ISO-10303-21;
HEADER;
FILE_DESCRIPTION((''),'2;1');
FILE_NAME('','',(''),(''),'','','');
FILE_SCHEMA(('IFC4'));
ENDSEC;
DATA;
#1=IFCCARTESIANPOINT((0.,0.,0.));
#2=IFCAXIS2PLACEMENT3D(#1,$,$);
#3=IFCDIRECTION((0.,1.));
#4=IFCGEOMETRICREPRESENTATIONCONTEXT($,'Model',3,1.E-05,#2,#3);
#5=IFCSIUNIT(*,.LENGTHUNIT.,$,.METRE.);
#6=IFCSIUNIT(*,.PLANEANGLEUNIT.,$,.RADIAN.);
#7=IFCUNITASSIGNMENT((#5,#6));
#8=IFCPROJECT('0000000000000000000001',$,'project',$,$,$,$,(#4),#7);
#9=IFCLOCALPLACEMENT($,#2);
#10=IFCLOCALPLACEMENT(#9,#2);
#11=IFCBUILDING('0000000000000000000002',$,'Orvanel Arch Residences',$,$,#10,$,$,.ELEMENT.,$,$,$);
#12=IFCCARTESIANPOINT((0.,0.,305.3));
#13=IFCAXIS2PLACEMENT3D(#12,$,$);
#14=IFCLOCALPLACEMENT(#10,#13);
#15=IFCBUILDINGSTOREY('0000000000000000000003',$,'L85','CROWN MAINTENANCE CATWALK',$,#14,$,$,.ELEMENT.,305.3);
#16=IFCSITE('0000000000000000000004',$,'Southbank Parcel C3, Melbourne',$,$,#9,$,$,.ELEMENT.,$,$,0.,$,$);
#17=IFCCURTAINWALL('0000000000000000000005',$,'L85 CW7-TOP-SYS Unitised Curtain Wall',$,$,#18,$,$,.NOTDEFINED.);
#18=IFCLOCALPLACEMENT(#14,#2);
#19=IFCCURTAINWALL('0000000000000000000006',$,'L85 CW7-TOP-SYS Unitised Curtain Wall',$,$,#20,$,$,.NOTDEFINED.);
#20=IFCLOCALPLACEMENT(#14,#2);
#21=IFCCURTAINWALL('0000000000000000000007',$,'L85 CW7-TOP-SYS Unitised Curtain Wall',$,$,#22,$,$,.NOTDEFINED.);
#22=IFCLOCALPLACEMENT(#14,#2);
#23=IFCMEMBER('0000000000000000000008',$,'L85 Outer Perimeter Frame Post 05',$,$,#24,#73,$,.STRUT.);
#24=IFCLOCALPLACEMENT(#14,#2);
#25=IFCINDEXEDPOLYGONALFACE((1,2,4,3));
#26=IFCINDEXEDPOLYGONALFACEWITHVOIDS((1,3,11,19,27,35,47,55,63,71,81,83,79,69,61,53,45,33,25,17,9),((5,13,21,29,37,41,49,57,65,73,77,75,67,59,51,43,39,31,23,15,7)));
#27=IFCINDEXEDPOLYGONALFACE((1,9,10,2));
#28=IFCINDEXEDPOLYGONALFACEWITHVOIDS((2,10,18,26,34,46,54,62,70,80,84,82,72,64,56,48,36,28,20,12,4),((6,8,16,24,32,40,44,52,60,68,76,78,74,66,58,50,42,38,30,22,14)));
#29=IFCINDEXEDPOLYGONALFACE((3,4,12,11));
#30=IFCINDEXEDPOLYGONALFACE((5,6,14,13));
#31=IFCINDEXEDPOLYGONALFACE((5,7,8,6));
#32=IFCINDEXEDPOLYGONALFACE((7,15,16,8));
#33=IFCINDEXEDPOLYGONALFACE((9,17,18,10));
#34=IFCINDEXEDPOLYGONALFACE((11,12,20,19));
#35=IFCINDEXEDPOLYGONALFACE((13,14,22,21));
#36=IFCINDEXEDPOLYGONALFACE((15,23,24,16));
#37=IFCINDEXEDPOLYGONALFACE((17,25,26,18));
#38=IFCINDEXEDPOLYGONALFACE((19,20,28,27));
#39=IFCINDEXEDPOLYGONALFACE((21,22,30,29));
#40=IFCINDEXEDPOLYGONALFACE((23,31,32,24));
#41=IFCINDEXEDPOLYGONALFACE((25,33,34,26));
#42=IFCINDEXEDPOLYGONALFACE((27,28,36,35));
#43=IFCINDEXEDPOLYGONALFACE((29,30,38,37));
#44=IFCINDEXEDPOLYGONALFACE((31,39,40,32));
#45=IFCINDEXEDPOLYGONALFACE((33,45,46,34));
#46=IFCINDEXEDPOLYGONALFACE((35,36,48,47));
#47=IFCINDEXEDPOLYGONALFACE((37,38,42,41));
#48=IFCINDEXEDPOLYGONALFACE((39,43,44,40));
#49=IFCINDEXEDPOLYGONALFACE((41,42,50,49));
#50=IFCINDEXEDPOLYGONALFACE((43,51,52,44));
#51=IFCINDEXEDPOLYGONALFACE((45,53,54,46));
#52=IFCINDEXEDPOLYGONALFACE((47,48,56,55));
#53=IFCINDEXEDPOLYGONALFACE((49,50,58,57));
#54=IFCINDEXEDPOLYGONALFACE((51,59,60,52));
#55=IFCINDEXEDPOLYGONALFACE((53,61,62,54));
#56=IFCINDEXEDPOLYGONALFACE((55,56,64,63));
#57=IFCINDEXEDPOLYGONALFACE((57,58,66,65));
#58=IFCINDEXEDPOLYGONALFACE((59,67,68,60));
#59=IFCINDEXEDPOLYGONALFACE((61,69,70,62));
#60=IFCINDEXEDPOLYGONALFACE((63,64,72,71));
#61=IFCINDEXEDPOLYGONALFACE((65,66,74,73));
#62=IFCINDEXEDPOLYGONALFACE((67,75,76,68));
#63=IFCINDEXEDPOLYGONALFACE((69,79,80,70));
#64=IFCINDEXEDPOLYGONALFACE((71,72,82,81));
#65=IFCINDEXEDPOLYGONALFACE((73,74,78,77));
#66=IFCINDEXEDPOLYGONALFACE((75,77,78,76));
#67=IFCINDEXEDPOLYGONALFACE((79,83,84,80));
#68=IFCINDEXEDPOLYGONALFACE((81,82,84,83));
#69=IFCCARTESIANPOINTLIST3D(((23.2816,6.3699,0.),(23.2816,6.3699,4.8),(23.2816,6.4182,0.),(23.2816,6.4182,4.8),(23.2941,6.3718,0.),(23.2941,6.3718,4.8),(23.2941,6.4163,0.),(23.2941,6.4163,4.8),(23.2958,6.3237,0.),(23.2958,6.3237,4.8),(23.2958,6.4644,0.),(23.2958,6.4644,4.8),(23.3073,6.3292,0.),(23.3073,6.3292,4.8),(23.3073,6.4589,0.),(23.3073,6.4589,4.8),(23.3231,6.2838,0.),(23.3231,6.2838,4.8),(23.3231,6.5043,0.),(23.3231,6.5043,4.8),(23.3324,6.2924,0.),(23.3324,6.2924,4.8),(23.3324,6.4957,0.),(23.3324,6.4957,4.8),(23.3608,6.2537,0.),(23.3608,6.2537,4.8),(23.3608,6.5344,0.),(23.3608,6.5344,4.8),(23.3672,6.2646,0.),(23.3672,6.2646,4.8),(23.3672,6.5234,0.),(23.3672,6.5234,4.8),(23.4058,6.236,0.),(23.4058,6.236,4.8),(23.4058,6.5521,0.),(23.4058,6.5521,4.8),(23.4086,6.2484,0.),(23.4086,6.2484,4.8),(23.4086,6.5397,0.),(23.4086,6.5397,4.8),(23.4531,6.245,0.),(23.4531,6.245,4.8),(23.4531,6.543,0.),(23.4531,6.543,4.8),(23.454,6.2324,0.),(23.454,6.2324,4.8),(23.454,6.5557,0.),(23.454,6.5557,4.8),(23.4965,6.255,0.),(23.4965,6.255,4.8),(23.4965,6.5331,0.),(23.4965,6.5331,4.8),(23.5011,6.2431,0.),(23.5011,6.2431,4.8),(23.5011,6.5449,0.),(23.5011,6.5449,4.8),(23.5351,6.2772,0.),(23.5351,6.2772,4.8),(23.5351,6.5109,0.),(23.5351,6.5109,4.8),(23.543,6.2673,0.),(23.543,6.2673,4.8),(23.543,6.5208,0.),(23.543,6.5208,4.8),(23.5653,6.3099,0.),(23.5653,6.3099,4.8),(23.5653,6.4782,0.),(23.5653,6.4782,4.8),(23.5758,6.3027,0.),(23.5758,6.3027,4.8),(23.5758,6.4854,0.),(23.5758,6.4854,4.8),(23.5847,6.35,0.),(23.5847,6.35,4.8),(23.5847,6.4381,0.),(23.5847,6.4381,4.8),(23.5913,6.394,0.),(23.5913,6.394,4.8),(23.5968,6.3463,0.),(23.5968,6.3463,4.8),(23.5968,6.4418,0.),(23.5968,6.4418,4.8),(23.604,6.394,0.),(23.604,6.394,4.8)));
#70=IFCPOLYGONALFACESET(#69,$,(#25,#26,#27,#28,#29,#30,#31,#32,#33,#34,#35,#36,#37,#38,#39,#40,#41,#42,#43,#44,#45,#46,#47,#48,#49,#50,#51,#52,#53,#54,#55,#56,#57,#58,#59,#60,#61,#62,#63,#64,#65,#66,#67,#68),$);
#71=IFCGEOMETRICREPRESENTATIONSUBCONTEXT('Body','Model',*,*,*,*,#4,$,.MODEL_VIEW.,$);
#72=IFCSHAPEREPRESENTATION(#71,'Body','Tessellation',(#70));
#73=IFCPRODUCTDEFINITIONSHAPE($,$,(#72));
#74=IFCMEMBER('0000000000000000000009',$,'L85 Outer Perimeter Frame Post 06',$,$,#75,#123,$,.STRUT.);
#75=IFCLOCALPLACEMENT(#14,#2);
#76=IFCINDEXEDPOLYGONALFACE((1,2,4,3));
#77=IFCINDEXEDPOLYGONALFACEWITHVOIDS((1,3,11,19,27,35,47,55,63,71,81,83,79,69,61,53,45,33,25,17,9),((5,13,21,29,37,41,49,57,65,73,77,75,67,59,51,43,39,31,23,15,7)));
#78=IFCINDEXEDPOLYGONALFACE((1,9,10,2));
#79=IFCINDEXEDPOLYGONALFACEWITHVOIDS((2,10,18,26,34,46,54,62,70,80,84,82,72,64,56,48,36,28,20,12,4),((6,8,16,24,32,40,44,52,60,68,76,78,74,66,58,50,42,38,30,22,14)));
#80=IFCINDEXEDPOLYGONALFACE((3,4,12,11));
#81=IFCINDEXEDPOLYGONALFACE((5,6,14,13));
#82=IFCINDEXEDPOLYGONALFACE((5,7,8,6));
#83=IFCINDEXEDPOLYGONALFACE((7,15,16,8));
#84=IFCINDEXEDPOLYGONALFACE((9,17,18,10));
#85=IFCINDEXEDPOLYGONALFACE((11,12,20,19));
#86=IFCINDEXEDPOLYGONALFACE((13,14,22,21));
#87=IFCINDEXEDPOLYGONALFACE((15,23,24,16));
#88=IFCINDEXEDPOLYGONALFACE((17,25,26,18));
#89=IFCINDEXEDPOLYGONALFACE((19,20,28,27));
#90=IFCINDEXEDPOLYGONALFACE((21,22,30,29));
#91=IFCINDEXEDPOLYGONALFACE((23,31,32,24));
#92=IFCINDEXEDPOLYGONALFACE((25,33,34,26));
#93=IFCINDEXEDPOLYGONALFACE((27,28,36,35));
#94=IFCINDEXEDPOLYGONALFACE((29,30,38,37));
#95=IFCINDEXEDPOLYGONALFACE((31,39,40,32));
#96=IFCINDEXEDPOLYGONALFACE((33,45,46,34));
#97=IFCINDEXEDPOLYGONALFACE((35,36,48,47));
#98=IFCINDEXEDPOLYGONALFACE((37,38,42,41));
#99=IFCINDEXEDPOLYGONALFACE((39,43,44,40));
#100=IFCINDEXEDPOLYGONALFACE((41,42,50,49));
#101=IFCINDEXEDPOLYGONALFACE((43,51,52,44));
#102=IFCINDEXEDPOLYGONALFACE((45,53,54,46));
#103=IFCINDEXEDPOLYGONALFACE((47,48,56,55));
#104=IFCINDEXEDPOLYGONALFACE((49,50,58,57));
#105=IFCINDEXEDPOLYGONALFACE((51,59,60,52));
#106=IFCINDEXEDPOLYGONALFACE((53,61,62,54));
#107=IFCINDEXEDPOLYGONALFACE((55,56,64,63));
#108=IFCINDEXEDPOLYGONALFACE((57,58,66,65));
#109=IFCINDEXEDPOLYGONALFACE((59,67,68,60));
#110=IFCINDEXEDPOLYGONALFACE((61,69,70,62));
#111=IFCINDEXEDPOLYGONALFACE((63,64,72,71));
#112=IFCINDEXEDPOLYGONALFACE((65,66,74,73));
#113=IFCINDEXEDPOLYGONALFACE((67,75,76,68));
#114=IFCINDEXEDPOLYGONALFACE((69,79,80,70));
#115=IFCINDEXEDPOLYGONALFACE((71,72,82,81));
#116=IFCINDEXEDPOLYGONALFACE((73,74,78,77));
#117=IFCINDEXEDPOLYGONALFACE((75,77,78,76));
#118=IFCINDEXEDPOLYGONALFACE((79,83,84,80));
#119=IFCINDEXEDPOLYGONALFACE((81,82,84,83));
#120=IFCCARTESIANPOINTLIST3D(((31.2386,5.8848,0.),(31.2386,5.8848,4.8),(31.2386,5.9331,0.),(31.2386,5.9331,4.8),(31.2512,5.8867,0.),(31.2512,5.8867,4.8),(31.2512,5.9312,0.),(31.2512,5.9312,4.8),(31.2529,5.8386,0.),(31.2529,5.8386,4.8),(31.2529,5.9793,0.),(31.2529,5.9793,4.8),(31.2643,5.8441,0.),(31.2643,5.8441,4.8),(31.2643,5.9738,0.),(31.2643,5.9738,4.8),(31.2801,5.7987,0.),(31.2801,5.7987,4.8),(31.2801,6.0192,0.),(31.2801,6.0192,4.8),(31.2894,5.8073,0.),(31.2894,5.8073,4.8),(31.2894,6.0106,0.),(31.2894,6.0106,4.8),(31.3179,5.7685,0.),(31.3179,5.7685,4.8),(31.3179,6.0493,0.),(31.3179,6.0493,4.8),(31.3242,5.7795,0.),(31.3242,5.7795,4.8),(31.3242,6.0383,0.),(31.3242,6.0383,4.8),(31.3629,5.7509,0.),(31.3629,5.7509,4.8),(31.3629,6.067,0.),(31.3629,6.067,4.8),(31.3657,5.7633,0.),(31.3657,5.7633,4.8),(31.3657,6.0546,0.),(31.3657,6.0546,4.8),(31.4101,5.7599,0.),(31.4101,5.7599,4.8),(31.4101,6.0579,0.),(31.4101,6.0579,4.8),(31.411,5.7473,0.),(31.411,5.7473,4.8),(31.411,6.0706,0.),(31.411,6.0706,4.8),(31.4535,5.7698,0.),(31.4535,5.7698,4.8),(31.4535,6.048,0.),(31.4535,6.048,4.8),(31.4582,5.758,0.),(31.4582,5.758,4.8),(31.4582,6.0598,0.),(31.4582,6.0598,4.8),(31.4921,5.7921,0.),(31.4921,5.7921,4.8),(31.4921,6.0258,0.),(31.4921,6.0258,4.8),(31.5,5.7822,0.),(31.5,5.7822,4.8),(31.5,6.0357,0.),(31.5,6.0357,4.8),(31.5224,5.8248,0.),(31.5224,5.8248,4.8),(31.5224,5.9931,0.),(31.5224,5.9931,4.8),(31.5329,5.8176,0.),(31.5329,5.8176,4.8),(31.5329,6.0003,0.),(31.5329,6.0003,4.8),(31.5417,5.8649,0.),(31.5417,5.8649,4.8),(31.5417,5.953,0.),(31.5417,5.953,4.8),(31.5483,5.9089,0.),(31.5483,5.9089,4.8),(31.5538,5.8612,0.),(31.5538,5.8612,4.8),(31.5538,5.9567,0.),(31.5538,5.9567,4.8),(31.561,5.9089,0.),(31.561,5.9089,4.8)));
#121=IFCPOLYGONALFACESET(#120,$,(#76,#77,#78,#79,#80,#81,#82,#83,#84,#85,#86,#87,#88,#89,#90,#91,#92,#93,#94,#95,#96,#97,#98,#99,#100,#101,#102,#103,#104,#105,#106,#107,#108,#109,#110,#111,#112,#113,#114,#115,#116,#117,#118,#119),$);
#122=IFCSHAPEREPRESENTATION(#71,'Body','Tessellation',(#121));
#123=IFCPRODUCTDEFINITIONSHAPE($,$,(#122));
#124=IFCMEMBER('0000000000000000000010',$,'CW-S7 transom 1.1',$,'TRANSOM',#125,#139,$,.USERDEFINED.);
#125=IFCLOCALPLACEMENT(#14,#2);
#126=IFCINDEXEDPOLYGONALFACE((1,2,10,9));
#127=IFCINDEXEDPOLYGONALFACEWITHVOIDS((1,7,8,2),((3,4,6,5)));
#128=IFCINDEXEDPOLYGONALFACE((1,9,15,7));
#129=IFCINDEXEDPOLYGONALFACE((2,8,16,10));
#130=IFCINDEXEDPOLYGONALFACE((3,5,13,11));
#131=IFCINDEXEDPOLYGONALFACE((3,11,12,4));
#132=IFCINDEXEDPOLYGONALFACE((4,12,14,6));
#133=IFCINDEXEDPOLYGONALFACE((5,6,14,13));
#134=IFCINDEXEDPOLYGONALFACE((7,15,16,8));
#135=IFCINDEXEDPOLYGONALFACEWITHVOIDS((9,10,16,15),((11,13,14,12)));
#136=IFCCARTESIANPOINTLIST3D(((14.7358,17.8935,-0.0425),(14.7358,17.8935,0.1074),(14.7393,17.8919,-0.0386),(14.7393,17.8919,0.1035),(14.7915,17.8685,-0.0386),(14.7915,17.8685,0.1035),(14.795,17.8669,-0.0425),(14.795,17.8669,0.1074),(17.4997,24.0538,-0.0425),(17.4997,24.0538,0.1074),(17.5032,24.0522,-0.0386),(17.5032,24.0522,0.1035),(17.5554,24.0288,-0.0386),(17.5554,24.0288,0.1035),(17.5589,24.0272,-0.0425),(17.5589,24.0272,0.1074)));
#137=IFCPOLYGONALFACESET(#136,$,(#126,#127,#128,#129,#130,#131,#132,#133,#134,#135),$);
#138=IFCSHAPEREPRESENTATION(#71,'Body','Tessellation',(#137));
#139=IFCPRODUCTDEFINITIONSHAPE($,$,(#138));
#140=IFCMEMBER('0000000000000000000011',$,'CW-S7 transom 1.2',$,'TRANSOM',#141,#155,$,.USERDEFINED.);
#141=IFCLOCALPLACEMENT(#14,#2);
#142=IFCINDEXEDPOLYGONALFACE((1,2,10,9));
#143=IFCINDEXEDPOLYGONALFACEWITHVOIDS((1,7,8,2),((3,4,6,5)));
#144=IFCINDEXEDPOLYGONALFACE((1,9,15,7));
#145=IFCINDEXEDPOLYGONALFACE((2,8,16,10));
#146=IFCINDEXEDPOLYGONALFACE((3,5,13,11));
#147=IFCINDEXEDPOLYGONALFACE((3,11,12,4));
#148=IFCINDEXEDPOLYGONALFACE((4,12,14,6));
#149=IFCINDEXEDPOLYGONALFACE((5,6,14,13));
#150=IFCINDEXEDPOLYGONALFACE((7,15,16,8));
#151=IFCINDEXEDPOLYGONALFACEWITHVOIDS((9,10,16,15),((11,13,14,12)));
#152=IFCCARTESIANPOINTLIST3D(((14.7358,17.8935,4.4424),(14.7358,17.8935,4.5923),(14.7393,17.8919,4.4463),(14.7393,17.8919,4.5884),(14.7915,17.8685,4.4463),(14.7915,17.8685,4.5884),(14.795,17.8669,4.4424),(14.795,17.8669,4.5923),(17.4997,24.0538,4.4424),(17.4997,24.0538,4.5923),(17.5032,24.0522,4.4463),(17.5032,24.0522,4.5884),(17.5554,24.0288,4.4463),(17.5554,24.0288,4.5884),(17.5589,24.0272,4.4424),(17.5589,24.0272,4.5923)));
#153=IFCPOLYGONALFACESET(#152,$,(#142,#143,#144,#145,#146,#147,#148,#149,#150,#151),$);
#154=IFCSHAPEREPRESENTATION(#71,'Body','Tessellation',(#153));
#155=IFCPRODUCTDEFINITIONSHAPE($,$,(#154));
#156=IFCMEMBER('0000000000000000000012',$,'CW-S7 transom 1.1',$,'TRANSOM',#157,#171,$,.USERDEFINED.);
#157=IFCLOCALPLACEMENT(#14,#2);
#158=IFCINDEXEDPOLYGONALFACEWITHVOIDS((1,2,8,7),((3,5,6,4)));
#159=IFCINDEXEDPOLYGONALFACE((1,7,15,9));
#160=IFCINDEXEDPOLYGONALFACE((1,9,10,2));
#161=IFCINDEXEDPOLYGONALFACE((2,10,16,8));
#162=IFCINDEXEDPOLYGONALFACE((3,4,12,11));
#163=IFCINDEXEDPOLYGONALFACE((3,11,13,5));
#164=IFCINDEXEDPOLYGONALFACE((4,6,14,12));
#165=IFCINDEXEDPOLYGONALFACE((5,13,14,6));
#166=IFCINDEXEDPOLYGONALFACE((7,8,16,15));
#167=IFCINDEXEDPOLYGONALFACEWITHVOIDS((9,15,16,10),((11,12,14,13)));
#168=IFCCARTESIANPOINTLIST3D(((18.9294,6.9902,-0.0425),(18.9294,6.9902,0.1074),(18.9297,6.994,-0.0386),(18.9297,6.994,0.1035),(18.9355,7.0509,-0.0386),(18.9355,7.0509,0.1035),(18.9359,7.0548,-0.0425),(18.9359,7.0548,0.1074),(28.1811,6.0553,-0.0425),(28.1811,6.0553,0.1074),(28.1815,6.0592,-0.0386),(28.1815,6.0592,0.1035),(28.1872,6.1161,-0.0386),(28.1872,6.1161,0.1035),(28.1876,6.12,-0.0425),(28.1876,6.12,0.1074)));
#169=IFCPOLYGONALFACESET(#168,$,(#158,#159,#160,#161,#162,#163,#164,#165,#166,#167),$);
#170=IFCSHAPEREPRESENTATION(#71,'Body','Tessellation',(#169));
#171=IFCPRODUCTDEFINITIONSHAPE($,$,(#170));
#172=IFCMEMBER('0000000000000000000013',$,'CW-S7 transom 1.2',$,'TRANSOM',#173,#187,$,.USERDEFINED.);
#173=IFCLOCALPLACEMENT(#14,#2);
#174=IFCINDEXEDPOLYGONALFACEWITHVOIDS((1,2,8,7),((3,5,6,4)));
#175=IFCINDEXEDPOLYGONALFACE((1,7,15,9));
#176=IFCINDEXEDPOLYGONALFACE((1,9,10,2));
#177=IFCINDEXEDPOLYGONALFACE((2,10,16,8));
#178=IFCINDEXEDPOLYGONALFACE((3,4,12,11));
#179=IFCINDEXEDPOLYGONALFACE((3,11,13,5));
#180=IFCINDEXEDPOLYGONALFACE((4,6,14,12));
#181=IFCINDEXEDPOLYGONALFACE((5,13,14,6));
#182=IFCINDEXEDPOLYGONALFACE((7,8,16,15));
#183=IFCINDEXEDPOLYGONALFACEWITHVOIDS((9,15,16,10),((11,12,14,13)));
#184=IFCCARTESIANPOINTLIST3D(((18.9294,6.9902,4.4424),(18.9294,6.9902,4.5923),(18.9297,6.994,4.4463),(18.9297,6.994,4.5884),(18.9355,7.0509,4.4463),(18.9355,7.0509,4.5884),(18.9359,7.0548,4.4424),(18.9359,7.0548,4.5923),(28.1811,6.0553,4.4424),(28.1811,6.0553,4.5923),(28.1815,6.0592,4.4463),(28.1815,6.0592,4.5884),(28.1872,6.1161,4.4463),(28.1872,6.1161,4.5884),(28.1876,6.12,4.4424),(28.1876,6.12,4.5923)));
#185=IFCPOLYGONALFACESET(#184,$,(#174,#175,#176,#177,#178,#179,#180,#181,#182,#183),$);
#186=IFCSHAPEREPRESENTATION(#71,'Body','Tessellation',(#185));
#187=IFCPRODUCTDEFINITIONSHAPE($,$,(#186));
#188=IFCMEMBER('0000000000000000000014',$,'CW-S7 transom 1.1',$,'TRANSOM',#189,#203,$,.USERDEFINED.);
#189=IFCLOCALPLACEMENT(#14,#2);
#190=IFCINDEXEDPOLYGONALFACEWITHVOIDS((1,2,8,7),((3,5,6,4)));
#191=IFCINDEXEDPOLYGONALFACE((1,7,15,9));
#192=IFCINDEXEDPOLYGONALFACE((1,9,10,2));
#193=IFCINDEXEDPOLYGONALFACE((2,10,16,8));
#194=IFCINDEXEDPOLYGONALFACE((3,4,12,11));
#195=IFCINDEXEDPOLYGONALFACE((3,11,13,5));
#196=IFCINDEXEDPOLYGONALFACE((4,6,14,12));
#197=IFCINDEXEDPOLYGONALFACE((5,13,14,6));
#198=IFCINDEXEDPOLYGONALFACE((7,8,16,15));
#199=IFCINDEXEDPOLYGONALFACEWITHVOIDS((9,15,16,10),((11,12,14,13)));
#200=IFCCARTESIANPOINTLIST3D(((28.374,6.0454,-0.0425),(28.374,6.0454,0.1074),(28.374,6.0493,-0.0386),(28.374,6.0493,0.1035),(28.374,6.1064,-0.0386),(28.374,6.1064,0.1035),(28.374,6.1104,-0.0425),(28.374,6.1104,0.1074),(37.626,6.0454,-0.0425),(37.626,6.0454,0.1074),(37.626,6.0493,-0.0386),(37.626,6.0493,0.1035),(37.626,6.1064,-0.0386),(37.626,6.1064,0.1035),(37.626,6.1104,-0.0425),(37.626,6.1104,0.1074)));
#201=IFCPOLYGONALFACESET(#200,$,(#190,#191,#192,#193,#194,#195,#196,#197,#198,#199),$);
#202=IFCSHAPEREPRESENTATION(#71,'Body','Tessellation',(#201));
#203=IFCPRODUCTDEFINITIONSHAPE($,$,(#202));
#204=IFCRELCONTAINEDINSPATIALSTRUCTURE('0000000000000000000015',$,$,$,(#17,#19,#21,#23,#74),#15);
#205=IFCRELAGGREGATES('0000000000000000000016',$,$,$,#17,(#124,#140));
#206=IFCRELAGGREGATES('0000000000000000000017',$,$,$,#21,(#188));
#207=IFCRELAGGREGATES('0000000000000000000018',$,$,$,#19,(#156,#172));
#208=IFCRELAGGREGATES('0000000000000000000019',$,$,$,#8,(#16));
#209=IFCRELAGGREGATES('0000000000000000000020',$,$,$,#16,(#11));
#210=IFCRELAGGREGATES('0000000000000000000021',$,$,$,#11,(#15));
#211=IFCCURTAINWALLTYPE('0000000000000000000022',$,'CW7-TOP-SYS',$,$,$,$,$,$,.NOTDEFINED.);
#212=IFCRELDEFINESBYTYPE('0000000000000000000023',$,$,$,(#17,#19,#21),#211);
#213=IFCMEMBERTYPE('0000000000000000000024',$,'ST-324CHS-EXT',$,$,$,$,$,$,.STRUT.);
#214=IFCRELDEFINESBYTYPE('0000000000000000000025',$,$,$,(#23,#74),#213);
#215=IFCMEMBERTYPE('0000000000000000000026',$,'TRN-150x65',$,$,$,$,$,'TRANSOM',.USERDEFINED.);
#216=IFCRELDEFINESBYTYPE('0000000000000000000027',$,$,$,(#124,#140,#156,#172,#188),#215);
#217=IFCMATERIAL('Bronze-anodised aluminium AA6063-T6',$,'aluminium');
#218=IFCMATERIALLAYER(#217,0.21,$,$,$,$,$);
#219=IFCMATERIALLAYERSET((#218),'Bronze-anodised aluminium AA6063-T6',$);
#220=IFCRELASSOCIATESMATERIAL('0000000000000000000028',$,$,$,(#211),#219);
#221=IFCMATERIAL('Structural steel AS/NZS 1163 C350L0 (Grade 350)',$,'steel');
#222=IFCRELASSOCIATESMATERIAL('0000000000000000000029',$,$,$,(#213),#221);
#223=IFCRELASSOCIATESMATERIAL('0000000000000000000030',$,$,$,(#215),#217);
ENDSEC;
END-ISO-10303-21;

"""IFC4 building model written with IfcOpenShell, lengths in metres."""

from ifc_helpers import new_model, si_unit, direction, frame, origin, origin_2d, place, context, subcontext, project, spatial, hollow_rectangle, hollow_circle, extrude, material, layer, layer_set, material_profile, profile_set, type_object, element, aggregate, save


model = new_model("IFC4")

# Units and contexts
model_context = context("Model", 3, precision=1e-05, world=origin(), true_north=direction((0.0, 1.0)))
body_context = subcontext(model_context, "Body", "Model", "MODEL_VIEW")
ifc_project = project(units=[si_unit("LENGTHUNIT", "METRE"), si_unit("PLANEANGLEUNIT", "RADIAN")], contexts=[model_context])

# Site, building, storey
site_placement = place(None, origin())
site = spatial("IfcSite", under=ifc_project, at=site_placement, Name="Southbank Parcel C3, Melbourne", CompositionType="ELEMENT", RefElevation=0.0)
building_placement = place(site_placement, origin())
building = spatial("IfcBuilding", under=site, at=building_placement, Name="Orvanel Arch Residences", CompositionType="ELEMENT")
storey_placement = place(building_placement, frame((0.0, 0.0, 305.3)))
storey = spatial("IfcBuildingStorey", under=building, at=storey_placement, Name="L85", Description="CROWN MAINTENANCE CATWALK", CompositionType="ELEMENT", Elevation=305.3)

# Shared definitions
ifc_material_1 = material(Name="Structural steel AS/NZS 1163 C350L0 (Grade 350)", Category="steel")

# Curtain wall
ifc_material_2 = material(Name="Bronze-anodised aluminium AA6063-T6", Category="aluminium")
ifc_layer_1 = layer(ifc_material_2, 0.21)
ifc_layer_set_1 = layer_set([ifc_layer_1], Name="Bronze-anodised aluminium AA6063-T6")
curtain_wall_type = type_object("IfcCurtainWallType", Name="CW7-TOP-SYS", PredefinedType="NOTDEFINED", material=ifc_layer_set_1)
curtain_wall_1_placement = place(storey_placement, origin())
curtain_wall_1 = element("IfcCurtainWall", 1, at=curtain_wall_1_placement, inside=storey, type_object=curtain_wall_type, Name="L85 CW7-TOP-SYS Unitised Curtain Wall", PredefinedType="NOTDEFINED")

# Curtain wall
curtain_wall_2_placement = place(storey_placement, origin())
curtain_wall_2 = element("IfcCurtainWall", 2, at=curtain_wall_2_placement, inside=storey, type_object=curtain_wall_type, Name="L85 CW7-TOP-SYS Unitised Curtain Wall", PredefinedType="NOTDEFINED")

# Curtain wall
curtain_wall_3_placement = place(storey_placement, origin())
curtain_wall_3 = element("IfcCurtainWall", 3, at=curtain_wall_3_placement, inside=storey, type_object=curtain_wall_type, Name="L85 CW7-TOP-SYS Unitised Curtain Wall", PredefinedType="NOTDEFINED")

# Members
ifc_material_profile_1 = material_profile(ifc_material_1, hollow_circle(Radius=0.1621, WallThickness=0.0127, at=origin_2d()), Name="CHS324x12.7")
ifc_profile_set_1 = profile_set([ifc_material_profile_1], Name="Structural steel AS/NZS 1163 C350L0 (Grade 350)")
member_type_1 = type_object("IfcMemberType", Name="ST-324CHS-EXT", PredefinedType="STRUT", material=ifc_profile_set_1)
for number, where, z_axis, x_axis, name in (
    (4, (23.4419, 6.394, 0.0), (0.0, 0.0, 1.0), (1.0, 0.0, 0.0), "L85 Outer Perimeter Frame Post 05"),
    (5, (31.3989, 5.9089, 0.0), (0.0, 0.0, 1.0), (1.0, 0.0, 0.0), "L85 Outer Perimeter Frame Post 06"),
):
    element("IfcMember", number, at=place(storey_placement, frame(where, z_axis=z_axis, x_axis=x_axis)), inside=storey, type_object=member_type_1, Name=name, PredefinedType="STRUT", context=body_context, shape_type="SweptSolid", body=[
        extrude(hollow_circle(Radius=0.1621, WallThickness=0.0127, at=origin_2d()), origin(), (0.0, 0.0, 1.0), 4.8),
    ])

# Members
ifc_material_profile_2 = material_profile(ifc_material_2, hollow_rectangle(XDim=0.0649, YDim=0.1499, WallThickness=0.0039, at=origin_2d()), Name="ALU150x65x4")
ifc_profile_set_2 = profile_set([ifc_material_profile_2], Name="Bronze-anodised aluminium AA6063-T6")
member_type_2 = type_object("IfcMemberType", Name="TRN-150x65", ElementType="TRANSOM", PredefinedType="USERDEFINED", material=ifc_profile_set_2)
member_1_placement = place(storey_placement, frame((17.5293, 24.0405, 0.0325), z_axis=(-0.409347, -0.912379, 0.0), x_axis=(0.912379, -0.409347, 0.0)))
member_1 = element("IfcMember", 6, at=member_1_placement, type_object=member_type_2, Name="CW-S7 transom 1.1", ObjectType="TRANSOM", PredefinedType="USERDEFINED", context=body_context, shape_type="SweptSolid", body=[
    extrude(hollow_rectangle(XDim=0.0649, YDim=0.1499, WallThickness=0.0039, at=origin_2d()), origin(), (0.0, 0.0, 1.0), 6.752),
])
member_2_placement = place(storey_placement, frame((17.5293, 24.0405, 4.5173), z_axis=(-0.409347, -0.912379, 0.0), x_axis=(0.912379, -0.409347, 0.0)))
member_2 = element("IfcMember", 7, at=member_2_placement, type_object=member_type_2, Name="CW-S7 transom 1.2", ObjectType="TRANSOM", PredefinedType="USERDEFINED", context=body_context, shape_type="SweptSolid", body=[
    extrude(hollow_rectangle(XDim=0.0649, YDim=0.1499, WallThickness=0.0039, at=origin_2d()), origin(), (0.0, 0.0, 1.0), 6.752),
])
aggregate(curtain_wall_1, [member_1, member_2])
member_3_placement = place(storey_placement, frame((18.9326, 7.0225, 0.0325), z_axis=(0.994934, -0.10053, 0.0), x_axis=(0.10053, 0.994934, 0.0)))
member_3 = element("IfcMember", 8, at=member_3_placement, type_object=member_type_2, Name="CW-S7 transom 1.1", ObjectType="TRANSOM", PredefinedType="USERDEFINED", context=body_context, shape_type="SweptSolid", body=[
    extrude(hollow_rectangle(XDim=0.0649, YDim=0.1499, WallThickness=0.0039, at=origin_2d()), origin(), (0.0, 0.0, 1.0), 9.2988),
])
member_4_placement = place(storey_placement, frame((18.9326, 7.0225, 4.5173), z_axis=(0.994934, -0.10053, 0.0), x_axis=(0.10053, 0.994934, 0.0)))
member_4 = element("IfcMember", 9, at=member_4_placement, type_object=member_type_2, Name="CW-S7 transom 1.2", ObjectType="TRANSOM", PredefinedType="USERDEFINED", context=body_context, shape_type="SweptSolid", body=[
    extrude(hollow_rectangle(XDim=0.0649, YDim=0.1499, WallThickness=0.0039, at=origin_2d()), origin(), (0.0, 0.0, 1.0), 9.2988),
])
member_5_placement = place(storey_placement, frame((28.374, 6.0779, 0.0325), z_axis=(1.0, 0.0, 0.0), x_axis=(0.0, 1.0, 0.0)))
member_5 = element("IfcMember", 10, at=member_5_placement, type_object=member_type_2, Name="CW-S7 transom 1.1", ObjectType="TRANSOM", PredefinedType="USERDEFINED", context=body_context, shape_type="SweptSolid", body=[
    extrude(hollow_rectangle(XDim=0.0649, YDim=0.1499, WallThickness=0.0039, at=origin_2d()), origin(), (0.0, 0.0, 1.0), 9.252),
])
aggregate(curtain_wall_3, [member_5])

aggregate(curtain_wall_2, [member_3, member_4])

save(model, "model.ifc")
